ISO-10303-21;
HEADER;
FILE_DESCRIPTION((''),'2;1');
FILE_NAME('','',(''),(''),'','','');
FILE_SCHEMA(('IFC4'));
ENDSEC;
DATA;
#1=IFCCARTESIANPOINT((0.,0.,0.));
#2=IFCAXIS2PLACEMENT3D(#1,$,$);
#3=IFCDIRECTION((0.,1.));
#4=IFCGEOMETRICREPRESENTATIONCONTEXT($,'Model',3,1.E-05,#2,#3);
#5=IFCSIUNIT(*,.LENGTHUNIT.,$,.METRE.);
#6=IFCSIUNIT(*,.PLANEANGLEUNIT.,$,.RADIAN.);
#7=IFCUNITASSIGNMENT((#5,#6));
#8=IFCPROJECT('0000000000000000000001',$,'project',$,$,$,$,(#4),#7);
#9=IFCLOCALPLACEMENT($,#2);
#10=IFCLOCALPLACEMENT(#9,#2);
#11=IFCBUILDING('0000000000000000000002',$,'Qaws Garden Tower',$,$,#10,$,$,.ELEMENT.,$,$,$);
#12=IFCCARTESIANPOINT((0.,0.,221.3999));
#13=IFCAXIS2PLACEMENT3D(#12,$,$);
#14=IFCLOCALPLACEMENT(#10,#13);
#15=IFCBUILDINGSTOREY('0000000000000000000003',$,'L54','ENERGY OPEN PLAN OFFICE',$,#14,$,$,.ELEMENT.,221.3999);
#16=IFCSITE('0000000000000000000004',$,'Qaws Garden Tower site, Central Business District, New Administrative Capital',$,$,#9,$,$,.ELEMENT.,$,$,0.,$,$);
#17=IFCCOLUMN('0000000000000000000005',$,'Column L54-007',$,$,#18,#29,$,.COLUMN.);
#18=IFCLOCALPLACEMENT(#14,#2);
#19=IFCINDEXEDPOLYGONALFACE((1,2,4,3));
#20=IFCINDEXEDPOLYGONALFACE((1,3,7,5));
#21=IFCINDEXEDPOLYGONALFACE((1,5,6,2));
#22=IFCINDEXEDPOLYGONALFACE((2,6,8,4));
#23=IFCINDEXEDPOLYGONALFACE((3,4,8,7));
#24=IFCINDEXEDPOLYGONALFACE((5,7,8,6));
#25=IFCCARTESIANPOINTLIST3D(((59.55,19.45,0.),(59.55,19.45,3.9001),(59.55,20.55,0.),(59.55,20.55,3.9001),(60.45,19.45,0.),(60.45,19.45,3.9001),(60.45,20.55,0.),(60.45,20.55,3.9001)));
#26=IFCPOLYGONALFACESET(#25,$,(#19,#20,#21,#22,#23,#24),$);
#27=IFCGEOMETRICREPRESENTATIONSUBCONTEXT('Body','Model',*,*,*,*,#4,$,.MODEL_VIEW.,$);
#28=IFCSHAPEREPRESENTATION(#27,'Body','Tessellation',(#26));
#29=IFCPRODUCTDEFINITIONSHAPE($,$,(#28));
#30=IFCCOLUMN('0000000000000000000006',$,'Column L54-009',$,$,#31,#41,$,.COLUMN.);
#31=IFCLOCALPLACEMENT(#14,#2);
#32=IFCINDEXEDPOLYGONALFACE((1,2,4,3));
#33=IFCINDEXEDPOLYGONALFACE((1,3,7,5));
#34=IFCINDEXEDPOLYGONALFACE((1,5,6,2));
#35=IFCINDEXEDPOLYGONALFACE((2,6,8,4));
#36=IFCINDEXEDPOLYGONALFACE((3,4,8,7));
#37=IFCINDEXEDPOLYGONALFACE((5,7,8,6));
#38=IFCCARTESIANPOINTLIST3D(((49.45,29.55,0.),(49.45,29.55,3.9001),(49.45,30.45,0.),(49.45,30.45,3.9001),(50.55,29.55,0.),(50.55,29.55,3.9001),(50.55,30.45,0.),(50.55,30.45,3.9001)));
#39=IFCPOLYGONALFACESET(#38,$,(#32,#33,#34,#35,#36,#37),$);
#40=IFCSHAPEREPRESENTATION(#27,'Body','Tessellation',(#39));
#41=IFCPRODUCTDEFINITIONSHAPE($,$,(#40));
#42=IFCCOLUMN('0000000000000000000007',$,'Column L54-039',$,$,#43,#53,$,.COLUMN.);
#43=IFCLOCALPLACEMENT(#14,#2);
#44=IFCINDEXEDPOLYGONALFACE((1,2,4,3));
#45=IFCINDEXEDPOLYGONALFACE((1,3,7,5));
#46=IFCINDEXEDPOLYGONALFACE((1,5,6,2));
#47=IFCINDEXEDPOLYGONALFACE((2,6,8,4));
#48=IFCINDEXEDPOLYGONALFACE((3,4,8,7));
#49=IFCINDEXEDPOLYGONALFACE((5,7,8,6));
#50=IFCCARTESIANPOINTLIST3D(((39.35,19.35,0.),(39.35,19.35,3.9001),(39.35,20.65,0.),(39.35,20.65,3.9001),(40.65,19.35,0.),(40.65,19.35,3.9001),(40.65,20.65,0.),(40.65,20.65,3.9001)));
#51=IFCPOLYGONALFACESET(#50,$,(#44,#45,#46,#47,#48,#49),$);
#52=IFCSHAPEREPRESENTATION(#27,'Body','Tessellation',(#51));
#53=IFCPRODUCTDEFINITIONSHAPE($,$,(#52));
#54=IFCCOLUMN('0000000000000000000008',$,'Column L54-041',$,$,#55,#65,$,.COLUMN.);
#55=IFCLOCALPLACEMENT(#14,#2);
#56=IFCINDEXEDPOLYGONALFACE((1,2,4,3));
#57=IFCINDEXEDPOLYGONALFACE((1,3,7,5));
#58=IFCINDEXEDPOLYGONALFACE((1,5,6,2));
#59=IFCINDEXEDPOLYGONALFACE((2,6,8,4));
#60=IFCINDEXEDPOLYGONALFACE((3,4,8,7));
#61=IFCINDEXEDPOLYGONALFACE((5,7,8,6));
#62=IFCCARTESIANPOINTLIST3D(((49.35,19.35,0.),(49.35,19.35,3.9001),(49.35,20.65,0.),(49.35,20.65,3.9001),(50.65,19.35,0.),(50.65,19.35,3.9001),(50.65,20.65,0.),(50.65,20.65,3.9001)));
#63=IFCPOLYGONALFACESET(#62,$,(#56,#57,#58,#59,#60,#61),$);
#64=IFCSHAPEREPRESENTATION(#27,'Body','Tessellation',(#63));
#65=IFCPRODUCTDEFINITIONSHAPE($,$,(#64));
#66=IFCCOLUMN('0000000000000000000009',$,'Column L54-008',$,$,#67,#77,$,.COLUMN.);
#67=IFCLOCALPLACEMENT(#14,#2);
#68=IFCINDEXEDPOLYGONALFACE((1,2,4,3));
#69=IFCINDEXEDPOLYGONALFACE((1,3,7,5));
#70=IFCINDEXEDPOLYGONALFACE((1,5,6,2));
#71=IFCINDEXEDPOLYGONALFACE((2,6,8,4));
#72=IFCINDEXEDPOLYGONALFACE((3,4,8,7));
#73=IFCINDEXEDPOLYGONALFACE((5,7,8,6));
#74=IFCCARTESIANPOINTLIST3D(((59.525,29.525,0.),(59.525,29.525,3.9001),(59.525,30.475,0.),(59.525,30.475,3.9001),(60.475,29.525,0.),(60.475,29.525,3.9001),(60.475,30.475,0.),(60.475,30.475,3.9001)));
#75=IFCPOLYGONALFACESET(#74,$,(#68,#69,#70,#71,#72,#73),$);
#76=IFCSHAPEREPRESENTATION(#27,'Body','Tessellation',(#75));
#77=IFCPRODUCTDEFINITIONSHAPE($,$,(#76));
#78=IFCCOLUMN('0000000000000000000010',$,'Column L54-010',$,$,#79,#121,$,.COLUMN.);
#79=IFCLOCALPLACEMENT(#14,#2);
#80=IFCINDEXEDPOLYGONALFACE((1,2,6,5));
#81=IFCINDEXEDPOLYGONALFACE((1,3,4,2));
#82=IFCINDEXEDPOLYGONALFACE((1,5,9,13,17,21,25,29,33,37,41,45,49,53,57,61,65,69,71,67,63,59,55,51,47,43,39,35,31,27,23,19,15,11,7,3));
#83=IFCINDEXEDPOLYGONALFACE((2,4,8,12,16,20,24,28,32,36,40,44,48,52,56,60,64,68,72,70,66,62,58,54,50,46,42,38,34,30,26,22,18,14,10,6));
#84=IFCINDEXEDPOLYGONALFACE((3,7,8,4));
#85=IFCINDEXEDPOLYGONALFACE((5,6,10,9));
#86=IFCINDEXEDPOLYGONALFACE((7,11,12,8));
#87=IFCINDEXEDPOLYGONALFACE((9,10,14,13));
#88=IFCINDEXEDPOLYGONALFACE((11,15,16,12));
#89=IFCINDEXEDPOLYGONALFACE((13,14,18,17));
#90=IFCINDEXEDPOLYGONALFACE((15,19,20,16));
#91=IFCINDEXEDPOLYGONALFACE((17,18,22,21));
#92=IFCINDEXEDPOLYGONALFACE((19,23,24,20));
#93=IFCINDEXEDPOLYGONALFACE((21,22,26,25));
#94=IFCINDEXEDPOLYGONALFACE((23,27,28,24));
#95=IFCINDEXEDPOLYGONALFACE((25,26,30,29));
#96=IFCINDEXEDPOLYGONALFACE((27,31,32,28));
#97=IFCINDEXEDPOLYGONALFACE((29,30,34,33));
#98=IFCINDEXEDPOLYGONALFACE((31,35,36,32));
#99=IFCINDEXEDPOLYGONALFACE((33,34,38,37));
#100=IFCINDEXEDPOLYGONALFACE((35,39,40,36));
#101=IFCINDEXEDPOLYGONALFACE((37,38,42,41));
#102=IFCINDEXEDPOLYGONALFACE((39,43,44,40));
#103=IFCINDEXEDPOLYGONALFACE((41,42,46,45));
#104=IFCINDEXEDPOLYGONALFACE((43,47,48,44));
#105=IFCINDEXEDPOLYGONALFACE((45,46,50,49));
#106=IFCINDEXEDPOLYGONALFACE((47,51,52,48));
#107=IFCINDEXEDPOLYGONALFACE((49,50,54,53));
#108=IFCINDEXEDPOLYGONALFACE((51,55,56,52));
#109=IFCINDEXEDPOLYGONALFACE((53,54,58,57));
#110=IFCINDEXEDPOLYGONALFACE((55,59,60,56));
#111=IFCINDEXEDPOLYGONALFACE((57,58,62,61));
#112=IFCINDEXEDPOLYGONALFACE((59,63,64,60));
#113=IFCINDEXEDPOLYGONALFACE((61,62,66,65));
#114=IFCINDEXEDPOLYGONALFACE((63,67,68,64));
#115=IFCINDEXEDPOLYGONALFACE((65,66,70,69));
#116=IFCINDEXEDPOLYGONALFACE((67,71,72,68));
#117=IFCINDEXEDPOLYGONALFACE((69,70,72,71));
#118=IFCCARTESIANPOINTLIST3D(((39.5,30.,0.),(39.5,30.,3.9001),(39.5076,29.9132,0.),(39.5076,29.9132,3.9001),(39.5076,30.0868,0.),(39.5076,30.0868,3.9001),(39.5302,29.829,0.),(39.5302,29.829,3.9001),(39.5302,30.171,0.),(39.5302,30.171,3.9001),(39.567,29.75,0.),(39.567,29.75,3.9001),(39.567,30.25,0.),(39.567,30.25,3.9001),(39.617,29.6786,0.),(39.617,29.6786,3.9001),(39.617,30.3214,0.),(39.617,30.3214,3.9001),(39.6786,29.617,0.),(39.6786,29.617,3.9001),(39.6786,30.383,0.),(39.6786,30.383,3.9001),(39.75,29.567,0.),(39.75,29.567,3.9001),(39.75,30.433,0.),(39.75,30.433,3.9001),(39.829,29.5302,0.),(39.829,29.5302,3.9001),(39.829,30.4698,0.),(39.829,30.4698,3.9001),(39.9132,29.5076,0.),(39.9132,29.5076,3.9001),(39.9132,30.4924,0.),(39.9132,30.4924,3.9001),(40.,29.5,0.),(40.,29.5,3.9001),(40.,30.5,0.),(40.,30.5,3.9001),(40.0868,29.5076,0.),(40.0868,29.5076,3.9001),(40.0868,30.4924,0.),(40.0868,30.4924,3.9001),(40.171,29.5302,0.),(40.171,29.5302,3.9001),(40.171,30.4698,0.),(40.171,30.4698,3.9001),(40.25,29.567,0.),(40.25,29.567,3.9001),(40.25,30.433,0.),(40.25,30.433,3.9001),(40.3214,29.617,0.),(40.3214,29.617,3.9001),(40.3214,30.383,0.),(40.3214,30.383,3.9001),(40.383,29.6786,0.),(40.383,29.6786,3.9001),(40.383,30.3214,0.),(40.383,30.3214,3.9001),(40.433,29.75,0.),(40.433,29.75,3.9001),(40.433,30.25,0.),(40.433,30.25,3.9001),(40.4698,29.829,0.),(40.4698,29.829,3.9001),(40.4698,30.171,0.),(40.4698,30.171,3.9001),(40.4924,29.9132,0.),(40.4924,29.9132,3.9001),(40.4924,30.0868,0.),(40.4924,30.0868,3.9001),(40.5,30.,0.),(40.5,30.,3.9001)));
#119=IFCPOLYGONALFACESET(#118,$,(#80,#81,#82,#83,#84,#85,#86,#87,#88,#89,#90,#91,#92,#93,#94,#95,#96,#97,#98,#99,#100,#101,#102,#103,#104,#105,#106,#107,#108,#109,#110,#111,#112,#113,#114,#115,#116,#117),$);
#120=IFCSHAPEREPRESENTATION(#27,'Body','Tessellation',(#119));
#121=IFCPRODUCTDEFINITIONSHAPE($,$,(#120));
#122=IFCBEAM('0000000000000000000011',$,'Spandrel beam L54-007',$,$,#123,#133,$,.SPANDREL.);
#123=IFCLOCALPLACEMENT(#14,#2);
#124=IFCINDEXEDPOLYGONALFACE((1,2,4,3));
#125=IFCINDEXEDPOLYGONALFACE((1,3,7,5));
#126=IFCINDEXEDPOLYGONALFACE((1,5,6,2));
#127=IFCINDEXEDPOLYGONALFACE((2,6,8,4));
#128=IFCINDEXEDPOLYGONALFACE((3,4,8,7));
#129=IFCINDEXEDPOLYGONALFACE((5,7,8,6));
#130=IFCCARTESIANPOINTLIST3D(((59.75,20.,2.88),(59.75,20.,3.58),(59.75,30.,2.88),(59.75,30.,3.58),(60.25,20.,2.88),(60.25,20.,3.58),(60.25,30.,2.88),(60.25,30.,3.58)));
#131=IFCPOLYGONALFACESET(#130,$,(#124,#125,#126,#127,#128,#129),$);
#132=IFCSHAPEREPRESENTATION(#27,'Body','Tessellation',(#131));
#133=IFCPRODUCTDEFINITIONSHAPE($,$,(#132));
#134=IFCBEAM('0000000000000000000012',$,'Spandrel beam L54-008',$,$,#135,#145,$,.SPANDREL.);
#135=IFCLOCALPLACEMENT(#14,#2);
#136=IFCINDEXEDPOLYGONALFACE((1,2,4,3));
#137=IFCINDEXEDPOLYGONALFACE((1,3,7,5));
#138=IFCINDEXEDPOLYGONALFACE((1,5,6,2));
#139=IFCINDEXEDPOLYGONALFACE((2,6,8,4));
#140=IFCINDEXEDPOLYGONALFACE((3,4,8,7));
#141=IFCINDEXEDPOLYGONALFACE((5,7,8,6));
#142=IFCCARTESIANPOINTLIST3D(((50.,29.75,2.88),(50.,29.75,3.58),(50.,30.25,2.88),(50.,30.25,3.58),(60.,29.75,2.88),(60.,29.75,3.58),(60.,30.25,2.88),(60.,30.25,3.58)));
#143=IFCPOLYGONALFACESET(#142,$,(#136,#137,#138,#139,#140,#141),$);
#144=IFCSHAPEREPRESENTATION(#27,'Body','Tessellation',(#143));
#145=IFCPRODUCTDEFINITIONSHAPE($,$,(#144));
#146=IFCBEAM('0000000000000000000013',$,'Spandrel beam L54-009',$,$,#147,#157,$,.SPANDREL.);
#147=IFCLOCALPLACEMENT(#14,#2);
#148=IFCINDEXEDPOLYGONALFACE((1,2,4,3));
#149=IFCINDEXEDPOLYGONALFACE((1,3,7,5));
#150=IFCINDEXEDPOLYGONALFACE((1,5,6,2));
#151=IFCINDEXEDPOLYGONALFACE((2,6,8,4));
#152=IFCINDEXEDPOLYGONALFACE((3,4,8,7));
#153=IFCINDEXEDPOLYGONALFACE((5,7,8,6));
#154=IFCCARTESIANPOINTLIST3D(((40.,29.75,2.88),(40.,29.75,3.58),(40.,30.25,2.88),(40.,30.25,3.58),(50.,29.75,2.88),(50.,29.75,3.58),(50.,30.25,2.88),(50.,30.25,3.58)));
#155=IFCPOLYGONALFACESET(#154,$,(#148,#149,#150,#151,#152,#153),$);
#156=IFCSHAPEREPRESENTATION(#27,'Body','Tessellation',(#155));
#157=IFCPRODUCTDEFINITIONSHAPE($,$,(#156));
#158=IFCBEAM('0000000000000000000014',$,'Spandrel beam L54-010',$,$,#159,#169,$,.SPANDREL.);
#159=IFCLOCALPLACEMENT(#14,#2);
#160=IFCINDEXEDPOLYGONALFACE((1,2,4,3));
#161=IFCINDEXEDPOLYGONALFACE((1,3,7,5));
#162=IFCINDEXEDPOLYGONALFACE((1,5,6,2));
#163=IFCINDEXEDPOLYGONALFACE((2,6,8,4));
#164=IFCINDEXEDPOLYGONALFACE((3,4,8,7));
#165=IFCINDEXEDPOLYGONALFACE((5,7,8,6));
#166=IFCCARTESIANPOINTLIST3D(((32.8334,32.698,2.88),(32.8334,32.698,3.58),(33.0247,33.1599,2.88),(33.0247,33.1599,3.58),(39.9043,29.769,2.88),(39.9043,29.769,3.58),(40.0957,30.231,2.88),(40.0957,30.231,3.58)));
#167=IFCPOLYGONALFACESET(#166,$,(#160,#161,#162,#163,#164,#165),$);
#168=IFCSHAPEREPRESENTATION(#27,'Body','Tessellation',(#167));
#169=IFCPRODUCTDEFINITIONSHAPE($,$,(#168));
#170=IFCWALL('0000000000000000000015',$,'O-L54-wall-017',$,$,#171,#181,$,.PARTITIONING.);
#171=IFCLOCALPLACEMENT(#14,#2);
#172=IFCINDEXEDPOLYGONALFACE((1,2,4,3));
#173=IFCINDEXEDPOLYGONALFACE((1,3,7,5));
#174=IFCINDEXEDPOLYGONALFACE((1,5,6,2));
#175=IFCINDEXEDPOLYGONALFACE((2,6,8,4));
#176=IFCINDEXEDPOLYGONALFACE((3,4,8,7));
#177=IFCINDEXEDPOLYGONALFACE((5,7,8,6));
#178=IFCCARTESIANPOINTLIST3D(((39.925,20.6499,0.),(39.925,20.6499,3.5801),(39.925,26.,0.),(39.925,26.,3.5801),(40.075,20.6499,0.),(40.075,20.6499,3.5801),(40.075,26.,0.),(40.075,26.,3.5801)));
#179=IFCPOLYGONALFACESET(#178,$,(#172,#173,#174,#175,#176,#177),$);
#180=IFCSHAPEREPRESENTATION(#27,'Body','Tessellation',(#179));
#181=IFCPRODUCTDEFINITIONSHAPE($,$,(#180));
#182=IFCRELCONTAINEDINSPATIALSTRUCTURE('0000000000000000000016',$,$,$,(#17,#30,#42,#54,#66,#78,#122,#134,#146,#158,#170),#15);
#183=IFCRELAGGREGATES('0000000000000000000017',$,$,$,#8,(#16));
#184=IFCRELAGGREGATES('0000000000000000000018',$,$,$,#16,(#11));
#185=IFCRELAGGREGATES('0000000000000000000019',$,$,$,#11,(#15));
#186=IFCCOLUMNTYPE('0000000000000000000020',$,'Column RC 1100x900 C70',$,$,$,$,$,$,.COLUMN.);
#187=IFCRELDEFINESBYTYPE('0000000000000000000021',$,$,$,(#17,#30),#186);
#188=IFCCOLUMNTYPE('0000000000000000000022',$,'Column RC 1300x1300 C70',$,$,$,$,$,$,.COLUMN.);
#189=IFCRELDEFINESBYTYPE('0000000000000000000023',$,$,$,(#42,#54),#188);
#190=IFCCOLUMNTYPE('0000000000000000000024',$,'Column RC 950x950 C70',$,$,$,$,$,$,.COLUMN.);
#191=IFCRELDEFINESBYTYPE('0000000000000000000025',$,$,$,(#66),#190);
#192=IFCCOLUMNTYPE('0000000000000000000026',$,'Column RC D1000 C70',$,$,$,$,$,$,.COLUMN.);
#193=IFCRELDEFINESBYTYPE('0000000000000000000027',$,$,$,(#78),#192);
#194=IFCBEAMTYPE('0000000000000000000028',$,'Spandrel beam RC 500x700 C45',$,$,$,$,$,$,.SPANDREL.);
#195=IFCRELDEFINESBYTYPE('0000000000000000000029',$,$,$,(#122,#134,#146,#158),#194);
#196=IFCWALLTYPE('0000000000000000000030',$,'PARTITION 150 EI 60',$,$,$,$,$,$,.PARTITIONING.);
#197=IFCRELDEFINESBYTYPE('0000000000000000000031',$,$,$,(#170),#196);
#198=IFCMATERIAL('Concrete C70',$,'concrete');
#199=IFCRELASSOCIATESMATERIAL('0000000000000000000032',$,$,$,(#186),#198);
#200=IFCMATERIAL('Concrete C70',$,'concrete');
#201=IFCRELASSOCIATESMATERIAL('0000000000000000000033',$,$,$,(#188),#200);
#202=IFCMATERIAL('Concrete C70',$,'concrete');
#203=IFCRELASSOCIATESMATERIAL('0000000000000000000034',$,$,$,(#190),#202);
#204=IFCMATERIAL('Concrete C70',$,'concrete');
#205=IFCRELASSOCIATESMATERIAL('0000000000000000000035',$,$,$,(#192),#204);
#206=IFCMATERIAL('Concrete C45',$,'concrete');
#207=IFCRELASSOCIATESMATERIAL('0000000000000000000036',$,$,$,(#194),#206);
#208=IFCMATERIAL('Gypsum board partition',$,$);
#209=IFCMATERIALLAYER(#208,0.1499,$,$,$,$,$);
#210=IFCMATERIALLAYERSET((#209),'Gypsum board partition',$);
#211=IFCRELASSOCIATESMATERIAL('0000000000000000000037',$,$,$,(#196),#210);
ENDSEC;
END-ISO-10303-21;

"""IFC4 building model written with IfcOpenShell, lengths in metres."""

from ifc_helpers import new_model, si_unit, direction, frame, frame_2d, origin, origin_2d, place, context, subcontext, project, spatial, rectangle, circle, extrude, material, layer, layer_set, material_profile, profile_set, type_object, element, save


model = new_model("IFC4")

# Units and contexts
model_context = context("Model", 3, precision=1e-05, world=origin(), true_north=direction((0.0, 1.0)))
body_context = subcontext(model_context, "Body", "Model", "MODEL_VIEW")
ifc_project = project(units=[si_unit("LENGTHUNIT", "METRE"), si_unit("PLANEANGLEUNIT", "RADIAN")], contexts=[model_context])

# Site, building, storey
site_placement = place(None, origin())
site = spatial("IfcSite", under=ifc_project, at=site_placement, Name="Qaws Garden Tower site, Central Business District, New Administrative Capital", CompositionType="ELEMENT", RefElevation=0.0)
building_placement = place(site_placement, origin())
building = spatial("IfcBuilding", under=site, at=building_placement, Name="Qaws Garden Tower", CompositionType="ELEMENT")
storey_placement = place(building_placement, frame((0.0, 0.0, 221.3999)))
storey = spatial("IfcBuildingStorey", under=building, at=storey_placement, Name="L54", Description="ENERGY OPEN PLAN OFFICE", CompositionType="ELEMENT", Elevation=221.3999)

# Columns
ifc_material_1 = material(Name="Concrete C70", Category="concrete")
ifc_material_profile_1 = material_profile(ifc_material_1, rectangle(XDim=1.1001, YDim=0.8999, at=origin_2d()), Name="RC 1100x900")
ifc_profile_set_1 = profile_set([ifc_material_profile_1], Name="Concrete C70")
column_type_1 = type_object("IfcColumnType", Name="Column RC 1100x900 C70", PredefinedType="COLUMN", material=ifc_profile_set_1)
for number, where, z_axis, x_axis, name in (
    (1, (60.0, 20.0, 0.0), (0.0, 0.0, 1.0), (0.0, 1.0, 0.0), "Column L54-007"),
    (2, (50.0, 30.0, 0.0), (0.0, 0.0, 1.0), (1.0, 0.0, 0.0), "Column L54-009"),
):
    element("IfcColumn", number, at=place(storey_placement, frame(where, z_axis=z_axis, x_axis=x_axis)), inside=storey, type_object=column_type_1, Name=name, PredefinedType="COLUMN", context=body_context, shape_type="SweptSolid", body=[
        extrude(rectangle(XDim=1.1001, YDim=0.8999, at=origin_2d()), origin(), (0.0, 0.0, 1.0), 3.9001),
    ])
ifc_material_2 = material(Name="Concrete C70", Category="concrete")
ifc_material_profile_2 = material_profile(ifc_material_2, rectangle(XDim=1.3, YDim=1.3, at=origin_2d()), Name="RC 1300x1300")
ifc_profile_set_2 = profile_set([ifc_material_profile_2], Name="Concrete C70")
column_type_2 = type_object("IfcColumnType", Name="Column RC 1300x1300 C70", PredefinedType="COLUMN", material=ifc_profile_set_2)
for number, where, z_axis, x_axis, name in (
    (3, (40.0, 20.0, 0.0), (0.0, 0.0, 1.0), (1.0, 0.0, 0.0), "Column L54-039"),
    (4, (50.0, 20.0, 0.0), (0.0, 0.0, 1.0), (1.0, 0.0, 0.0), "Column L54-041"),
):
    element("IfcColumn", number, at=place(storey_placement, frame(where, z_axis=z_axis, x_axis=x_axis)), inside=storey, type_object=column_type_2, Name=name, PredefinedType="COLUMN", context=body_context, shape_type="SweptSolid", body=[
        extrude(rectangle(XDim=1.3, YDim=1.3, at=origin_2d()), origin(), (0.0, 0.0, 1.0), 3.9001),
    ])
ifc_material_3 = material(Name="Concrete C70", Category="concrete")
ifc_material_profile_3 = material_profile(ifc_material_3, rectangle(XDim=0.95, YDim=0.95, at=origin_2d()), Name="RC 950x950")
ifc_profile_set_3 = profile_set([ifc_material_profile_3], Name="Concrete C70")
column_type_3 = type_object("IfcColumnType", Name="Column RC 950x950 C70", PredefinedType="COLUMN", material=ifc_profile_set_3)
column_1_placement = place(storey_placement, frame((60.0, 30.0, 0.0), z_axis=(0.0, 0.0, 1.0), x_axis=(1.0, 0.0, 0.0)))
element("IfcColumn", 5, at=column_1_placement, inside=storey, type_object=column_type_3, Name="Column L54-008", PredefinedType="COLUMN", context=body_context, shape_type="SweptSolid", body=[
    extrude(rectangle(XDim=0.95, YDim=0.95, at=origin_2d()), origin(), (0.0, 0.0, 1.0), 3.9001),
])
ifc_material_4 = material(Name="Concrete C70", Category="concrete")
ifc_material_profile_4 = material_profile(ifc_material_4, circle(Radius=0.5, at=origin_2d()), Name="RC D1000")
ifc_profile_set_4 = profile_set([ifc_material_profile_4], Name="Concrete C70")
column_type_4 = type_object("IfcColumnType", Name="Column RC D1000 C70", PredefinedType="COLUMN", material=ifc_profile_set_4)
column_2_placement = place(storey_placement, frame((40.0, 30.0, 0.0), z_axis=(0.0, 0.0, 1.0), x_axis=(1.0, 0.0, 0.0)))
element("IfcColumn", 6, at=column_2_placement, inside=storey, type_object=column_type_4, Name="Column L54-010", PredefinedType="COLUMN", context=body_context, shape_type="SweptSolid", body=[
    extrude(circle(Radius=0.5, at=origin_2d()), origin(), (0.0, 0.0, 1.0), 3.9001),
])

# Beams
ifc_material_5 = material(Name="Concrete C45", Category="concrete")
ifc_material_profile_5 = material_profile(ifc_material_5, rectangle(XDim=0.5, YDim=0.7, at=origin_2d()), Name="RC 500x700")
ifc_profile_set_5 = profile_set([ifc_material_profile_5], Name="Concrete C45")
beam_type = type_object("IfcBeamType", Name="Spandrel beam RC 500x700 C45", PredefinedType="SPANDREL", material=ifc_profile_set_5)
for number, where, z_axis, x_axis, name in (
    (7, (60.0, 20.0, 3.23), (0.0, 1.0, 0.0), (-1.0, 0.0, 0.0), "Spandrel beam L54-007"),
    (8, (60.0, 30.0, 3.23), (-1.0, 0.0, 0.0), (0.0, -1.0, 0.0), "Spandrel beam L54-008"),
    (9, (50.0, 30.0, 3.23), (-1.0, 0.0, 0.0), (0.0, -1.0, 0.0), "Spandrel beam L54-009"),
):
    element("IfcBeam", number, at=place(storey_placement, frame(where, z_axis=z_axis, x_axis=x_axis)), inside=storey, type_object=beam_type, Name=name, PredefinedType="SPANDREL", context=body_context, shape_type="SweptSolid", body=[
        extrude(rectangle(XDim=0.5, YDim=0.7, at=origin_2d()), origin(), (0.0, 0.0, 1.0), 10.0),
    ])
beam_placement = place(storey_placement, frame((40.0, 30.0, 3.23), z_axis=(-0.923878, 0.382687, 0.0), x_axis=(-0.382687, -0.923878, 0.0)))
element("IfcBeam", 10, at=beam_placement, inside=storey, type_object=beam_type, Name="Spandrel beam L54-010", PredefinedType="SPANDREL", context=body_context, shape_type="SweptSolid", body=[
    extrude(rectangle(XDim=0.5, YDim=0.7, at=origin_2d()), origin(), (0.0, 0.0, 1.0), 7.6536),
])

# Wall
ifc_material_6 = material(Name="Gypsum board partition")
ifc_layer_1 = layer(ifc_material_6, 0.1499)
ifc_layer_set_1 = layer_set([ifc_layer_1], Name="Gypsum board partition")
wall_type = type_object("IfcWallType", Name="PARTITION 150 EI 60", PredefinedType="PARTITIONING", material=ifc_layer_set_1)
wall_1_placement = place(storey_placement, frame((40.0, 20.6499, 0.0), z_axis=(0.0, 0.0, 1.0), x_axis=(0.0, 1.0, 0.0)))
element("IfcWall", 11, at=wall_1_placement, inside=storey, type_object=wall_type, Name="O-L54-wall-017", PredefinedType="PARTITIONING", context=body_context, shape_type="SweptSolid", body=[
    extrude(rectangle(XDim=5.3501, YDim=0.1499, at=frame_2d((2.675, 0.0))), origin(), (0.0, 0.0, 1.0), 3.5801),
])

save(model, "model.ifc")
